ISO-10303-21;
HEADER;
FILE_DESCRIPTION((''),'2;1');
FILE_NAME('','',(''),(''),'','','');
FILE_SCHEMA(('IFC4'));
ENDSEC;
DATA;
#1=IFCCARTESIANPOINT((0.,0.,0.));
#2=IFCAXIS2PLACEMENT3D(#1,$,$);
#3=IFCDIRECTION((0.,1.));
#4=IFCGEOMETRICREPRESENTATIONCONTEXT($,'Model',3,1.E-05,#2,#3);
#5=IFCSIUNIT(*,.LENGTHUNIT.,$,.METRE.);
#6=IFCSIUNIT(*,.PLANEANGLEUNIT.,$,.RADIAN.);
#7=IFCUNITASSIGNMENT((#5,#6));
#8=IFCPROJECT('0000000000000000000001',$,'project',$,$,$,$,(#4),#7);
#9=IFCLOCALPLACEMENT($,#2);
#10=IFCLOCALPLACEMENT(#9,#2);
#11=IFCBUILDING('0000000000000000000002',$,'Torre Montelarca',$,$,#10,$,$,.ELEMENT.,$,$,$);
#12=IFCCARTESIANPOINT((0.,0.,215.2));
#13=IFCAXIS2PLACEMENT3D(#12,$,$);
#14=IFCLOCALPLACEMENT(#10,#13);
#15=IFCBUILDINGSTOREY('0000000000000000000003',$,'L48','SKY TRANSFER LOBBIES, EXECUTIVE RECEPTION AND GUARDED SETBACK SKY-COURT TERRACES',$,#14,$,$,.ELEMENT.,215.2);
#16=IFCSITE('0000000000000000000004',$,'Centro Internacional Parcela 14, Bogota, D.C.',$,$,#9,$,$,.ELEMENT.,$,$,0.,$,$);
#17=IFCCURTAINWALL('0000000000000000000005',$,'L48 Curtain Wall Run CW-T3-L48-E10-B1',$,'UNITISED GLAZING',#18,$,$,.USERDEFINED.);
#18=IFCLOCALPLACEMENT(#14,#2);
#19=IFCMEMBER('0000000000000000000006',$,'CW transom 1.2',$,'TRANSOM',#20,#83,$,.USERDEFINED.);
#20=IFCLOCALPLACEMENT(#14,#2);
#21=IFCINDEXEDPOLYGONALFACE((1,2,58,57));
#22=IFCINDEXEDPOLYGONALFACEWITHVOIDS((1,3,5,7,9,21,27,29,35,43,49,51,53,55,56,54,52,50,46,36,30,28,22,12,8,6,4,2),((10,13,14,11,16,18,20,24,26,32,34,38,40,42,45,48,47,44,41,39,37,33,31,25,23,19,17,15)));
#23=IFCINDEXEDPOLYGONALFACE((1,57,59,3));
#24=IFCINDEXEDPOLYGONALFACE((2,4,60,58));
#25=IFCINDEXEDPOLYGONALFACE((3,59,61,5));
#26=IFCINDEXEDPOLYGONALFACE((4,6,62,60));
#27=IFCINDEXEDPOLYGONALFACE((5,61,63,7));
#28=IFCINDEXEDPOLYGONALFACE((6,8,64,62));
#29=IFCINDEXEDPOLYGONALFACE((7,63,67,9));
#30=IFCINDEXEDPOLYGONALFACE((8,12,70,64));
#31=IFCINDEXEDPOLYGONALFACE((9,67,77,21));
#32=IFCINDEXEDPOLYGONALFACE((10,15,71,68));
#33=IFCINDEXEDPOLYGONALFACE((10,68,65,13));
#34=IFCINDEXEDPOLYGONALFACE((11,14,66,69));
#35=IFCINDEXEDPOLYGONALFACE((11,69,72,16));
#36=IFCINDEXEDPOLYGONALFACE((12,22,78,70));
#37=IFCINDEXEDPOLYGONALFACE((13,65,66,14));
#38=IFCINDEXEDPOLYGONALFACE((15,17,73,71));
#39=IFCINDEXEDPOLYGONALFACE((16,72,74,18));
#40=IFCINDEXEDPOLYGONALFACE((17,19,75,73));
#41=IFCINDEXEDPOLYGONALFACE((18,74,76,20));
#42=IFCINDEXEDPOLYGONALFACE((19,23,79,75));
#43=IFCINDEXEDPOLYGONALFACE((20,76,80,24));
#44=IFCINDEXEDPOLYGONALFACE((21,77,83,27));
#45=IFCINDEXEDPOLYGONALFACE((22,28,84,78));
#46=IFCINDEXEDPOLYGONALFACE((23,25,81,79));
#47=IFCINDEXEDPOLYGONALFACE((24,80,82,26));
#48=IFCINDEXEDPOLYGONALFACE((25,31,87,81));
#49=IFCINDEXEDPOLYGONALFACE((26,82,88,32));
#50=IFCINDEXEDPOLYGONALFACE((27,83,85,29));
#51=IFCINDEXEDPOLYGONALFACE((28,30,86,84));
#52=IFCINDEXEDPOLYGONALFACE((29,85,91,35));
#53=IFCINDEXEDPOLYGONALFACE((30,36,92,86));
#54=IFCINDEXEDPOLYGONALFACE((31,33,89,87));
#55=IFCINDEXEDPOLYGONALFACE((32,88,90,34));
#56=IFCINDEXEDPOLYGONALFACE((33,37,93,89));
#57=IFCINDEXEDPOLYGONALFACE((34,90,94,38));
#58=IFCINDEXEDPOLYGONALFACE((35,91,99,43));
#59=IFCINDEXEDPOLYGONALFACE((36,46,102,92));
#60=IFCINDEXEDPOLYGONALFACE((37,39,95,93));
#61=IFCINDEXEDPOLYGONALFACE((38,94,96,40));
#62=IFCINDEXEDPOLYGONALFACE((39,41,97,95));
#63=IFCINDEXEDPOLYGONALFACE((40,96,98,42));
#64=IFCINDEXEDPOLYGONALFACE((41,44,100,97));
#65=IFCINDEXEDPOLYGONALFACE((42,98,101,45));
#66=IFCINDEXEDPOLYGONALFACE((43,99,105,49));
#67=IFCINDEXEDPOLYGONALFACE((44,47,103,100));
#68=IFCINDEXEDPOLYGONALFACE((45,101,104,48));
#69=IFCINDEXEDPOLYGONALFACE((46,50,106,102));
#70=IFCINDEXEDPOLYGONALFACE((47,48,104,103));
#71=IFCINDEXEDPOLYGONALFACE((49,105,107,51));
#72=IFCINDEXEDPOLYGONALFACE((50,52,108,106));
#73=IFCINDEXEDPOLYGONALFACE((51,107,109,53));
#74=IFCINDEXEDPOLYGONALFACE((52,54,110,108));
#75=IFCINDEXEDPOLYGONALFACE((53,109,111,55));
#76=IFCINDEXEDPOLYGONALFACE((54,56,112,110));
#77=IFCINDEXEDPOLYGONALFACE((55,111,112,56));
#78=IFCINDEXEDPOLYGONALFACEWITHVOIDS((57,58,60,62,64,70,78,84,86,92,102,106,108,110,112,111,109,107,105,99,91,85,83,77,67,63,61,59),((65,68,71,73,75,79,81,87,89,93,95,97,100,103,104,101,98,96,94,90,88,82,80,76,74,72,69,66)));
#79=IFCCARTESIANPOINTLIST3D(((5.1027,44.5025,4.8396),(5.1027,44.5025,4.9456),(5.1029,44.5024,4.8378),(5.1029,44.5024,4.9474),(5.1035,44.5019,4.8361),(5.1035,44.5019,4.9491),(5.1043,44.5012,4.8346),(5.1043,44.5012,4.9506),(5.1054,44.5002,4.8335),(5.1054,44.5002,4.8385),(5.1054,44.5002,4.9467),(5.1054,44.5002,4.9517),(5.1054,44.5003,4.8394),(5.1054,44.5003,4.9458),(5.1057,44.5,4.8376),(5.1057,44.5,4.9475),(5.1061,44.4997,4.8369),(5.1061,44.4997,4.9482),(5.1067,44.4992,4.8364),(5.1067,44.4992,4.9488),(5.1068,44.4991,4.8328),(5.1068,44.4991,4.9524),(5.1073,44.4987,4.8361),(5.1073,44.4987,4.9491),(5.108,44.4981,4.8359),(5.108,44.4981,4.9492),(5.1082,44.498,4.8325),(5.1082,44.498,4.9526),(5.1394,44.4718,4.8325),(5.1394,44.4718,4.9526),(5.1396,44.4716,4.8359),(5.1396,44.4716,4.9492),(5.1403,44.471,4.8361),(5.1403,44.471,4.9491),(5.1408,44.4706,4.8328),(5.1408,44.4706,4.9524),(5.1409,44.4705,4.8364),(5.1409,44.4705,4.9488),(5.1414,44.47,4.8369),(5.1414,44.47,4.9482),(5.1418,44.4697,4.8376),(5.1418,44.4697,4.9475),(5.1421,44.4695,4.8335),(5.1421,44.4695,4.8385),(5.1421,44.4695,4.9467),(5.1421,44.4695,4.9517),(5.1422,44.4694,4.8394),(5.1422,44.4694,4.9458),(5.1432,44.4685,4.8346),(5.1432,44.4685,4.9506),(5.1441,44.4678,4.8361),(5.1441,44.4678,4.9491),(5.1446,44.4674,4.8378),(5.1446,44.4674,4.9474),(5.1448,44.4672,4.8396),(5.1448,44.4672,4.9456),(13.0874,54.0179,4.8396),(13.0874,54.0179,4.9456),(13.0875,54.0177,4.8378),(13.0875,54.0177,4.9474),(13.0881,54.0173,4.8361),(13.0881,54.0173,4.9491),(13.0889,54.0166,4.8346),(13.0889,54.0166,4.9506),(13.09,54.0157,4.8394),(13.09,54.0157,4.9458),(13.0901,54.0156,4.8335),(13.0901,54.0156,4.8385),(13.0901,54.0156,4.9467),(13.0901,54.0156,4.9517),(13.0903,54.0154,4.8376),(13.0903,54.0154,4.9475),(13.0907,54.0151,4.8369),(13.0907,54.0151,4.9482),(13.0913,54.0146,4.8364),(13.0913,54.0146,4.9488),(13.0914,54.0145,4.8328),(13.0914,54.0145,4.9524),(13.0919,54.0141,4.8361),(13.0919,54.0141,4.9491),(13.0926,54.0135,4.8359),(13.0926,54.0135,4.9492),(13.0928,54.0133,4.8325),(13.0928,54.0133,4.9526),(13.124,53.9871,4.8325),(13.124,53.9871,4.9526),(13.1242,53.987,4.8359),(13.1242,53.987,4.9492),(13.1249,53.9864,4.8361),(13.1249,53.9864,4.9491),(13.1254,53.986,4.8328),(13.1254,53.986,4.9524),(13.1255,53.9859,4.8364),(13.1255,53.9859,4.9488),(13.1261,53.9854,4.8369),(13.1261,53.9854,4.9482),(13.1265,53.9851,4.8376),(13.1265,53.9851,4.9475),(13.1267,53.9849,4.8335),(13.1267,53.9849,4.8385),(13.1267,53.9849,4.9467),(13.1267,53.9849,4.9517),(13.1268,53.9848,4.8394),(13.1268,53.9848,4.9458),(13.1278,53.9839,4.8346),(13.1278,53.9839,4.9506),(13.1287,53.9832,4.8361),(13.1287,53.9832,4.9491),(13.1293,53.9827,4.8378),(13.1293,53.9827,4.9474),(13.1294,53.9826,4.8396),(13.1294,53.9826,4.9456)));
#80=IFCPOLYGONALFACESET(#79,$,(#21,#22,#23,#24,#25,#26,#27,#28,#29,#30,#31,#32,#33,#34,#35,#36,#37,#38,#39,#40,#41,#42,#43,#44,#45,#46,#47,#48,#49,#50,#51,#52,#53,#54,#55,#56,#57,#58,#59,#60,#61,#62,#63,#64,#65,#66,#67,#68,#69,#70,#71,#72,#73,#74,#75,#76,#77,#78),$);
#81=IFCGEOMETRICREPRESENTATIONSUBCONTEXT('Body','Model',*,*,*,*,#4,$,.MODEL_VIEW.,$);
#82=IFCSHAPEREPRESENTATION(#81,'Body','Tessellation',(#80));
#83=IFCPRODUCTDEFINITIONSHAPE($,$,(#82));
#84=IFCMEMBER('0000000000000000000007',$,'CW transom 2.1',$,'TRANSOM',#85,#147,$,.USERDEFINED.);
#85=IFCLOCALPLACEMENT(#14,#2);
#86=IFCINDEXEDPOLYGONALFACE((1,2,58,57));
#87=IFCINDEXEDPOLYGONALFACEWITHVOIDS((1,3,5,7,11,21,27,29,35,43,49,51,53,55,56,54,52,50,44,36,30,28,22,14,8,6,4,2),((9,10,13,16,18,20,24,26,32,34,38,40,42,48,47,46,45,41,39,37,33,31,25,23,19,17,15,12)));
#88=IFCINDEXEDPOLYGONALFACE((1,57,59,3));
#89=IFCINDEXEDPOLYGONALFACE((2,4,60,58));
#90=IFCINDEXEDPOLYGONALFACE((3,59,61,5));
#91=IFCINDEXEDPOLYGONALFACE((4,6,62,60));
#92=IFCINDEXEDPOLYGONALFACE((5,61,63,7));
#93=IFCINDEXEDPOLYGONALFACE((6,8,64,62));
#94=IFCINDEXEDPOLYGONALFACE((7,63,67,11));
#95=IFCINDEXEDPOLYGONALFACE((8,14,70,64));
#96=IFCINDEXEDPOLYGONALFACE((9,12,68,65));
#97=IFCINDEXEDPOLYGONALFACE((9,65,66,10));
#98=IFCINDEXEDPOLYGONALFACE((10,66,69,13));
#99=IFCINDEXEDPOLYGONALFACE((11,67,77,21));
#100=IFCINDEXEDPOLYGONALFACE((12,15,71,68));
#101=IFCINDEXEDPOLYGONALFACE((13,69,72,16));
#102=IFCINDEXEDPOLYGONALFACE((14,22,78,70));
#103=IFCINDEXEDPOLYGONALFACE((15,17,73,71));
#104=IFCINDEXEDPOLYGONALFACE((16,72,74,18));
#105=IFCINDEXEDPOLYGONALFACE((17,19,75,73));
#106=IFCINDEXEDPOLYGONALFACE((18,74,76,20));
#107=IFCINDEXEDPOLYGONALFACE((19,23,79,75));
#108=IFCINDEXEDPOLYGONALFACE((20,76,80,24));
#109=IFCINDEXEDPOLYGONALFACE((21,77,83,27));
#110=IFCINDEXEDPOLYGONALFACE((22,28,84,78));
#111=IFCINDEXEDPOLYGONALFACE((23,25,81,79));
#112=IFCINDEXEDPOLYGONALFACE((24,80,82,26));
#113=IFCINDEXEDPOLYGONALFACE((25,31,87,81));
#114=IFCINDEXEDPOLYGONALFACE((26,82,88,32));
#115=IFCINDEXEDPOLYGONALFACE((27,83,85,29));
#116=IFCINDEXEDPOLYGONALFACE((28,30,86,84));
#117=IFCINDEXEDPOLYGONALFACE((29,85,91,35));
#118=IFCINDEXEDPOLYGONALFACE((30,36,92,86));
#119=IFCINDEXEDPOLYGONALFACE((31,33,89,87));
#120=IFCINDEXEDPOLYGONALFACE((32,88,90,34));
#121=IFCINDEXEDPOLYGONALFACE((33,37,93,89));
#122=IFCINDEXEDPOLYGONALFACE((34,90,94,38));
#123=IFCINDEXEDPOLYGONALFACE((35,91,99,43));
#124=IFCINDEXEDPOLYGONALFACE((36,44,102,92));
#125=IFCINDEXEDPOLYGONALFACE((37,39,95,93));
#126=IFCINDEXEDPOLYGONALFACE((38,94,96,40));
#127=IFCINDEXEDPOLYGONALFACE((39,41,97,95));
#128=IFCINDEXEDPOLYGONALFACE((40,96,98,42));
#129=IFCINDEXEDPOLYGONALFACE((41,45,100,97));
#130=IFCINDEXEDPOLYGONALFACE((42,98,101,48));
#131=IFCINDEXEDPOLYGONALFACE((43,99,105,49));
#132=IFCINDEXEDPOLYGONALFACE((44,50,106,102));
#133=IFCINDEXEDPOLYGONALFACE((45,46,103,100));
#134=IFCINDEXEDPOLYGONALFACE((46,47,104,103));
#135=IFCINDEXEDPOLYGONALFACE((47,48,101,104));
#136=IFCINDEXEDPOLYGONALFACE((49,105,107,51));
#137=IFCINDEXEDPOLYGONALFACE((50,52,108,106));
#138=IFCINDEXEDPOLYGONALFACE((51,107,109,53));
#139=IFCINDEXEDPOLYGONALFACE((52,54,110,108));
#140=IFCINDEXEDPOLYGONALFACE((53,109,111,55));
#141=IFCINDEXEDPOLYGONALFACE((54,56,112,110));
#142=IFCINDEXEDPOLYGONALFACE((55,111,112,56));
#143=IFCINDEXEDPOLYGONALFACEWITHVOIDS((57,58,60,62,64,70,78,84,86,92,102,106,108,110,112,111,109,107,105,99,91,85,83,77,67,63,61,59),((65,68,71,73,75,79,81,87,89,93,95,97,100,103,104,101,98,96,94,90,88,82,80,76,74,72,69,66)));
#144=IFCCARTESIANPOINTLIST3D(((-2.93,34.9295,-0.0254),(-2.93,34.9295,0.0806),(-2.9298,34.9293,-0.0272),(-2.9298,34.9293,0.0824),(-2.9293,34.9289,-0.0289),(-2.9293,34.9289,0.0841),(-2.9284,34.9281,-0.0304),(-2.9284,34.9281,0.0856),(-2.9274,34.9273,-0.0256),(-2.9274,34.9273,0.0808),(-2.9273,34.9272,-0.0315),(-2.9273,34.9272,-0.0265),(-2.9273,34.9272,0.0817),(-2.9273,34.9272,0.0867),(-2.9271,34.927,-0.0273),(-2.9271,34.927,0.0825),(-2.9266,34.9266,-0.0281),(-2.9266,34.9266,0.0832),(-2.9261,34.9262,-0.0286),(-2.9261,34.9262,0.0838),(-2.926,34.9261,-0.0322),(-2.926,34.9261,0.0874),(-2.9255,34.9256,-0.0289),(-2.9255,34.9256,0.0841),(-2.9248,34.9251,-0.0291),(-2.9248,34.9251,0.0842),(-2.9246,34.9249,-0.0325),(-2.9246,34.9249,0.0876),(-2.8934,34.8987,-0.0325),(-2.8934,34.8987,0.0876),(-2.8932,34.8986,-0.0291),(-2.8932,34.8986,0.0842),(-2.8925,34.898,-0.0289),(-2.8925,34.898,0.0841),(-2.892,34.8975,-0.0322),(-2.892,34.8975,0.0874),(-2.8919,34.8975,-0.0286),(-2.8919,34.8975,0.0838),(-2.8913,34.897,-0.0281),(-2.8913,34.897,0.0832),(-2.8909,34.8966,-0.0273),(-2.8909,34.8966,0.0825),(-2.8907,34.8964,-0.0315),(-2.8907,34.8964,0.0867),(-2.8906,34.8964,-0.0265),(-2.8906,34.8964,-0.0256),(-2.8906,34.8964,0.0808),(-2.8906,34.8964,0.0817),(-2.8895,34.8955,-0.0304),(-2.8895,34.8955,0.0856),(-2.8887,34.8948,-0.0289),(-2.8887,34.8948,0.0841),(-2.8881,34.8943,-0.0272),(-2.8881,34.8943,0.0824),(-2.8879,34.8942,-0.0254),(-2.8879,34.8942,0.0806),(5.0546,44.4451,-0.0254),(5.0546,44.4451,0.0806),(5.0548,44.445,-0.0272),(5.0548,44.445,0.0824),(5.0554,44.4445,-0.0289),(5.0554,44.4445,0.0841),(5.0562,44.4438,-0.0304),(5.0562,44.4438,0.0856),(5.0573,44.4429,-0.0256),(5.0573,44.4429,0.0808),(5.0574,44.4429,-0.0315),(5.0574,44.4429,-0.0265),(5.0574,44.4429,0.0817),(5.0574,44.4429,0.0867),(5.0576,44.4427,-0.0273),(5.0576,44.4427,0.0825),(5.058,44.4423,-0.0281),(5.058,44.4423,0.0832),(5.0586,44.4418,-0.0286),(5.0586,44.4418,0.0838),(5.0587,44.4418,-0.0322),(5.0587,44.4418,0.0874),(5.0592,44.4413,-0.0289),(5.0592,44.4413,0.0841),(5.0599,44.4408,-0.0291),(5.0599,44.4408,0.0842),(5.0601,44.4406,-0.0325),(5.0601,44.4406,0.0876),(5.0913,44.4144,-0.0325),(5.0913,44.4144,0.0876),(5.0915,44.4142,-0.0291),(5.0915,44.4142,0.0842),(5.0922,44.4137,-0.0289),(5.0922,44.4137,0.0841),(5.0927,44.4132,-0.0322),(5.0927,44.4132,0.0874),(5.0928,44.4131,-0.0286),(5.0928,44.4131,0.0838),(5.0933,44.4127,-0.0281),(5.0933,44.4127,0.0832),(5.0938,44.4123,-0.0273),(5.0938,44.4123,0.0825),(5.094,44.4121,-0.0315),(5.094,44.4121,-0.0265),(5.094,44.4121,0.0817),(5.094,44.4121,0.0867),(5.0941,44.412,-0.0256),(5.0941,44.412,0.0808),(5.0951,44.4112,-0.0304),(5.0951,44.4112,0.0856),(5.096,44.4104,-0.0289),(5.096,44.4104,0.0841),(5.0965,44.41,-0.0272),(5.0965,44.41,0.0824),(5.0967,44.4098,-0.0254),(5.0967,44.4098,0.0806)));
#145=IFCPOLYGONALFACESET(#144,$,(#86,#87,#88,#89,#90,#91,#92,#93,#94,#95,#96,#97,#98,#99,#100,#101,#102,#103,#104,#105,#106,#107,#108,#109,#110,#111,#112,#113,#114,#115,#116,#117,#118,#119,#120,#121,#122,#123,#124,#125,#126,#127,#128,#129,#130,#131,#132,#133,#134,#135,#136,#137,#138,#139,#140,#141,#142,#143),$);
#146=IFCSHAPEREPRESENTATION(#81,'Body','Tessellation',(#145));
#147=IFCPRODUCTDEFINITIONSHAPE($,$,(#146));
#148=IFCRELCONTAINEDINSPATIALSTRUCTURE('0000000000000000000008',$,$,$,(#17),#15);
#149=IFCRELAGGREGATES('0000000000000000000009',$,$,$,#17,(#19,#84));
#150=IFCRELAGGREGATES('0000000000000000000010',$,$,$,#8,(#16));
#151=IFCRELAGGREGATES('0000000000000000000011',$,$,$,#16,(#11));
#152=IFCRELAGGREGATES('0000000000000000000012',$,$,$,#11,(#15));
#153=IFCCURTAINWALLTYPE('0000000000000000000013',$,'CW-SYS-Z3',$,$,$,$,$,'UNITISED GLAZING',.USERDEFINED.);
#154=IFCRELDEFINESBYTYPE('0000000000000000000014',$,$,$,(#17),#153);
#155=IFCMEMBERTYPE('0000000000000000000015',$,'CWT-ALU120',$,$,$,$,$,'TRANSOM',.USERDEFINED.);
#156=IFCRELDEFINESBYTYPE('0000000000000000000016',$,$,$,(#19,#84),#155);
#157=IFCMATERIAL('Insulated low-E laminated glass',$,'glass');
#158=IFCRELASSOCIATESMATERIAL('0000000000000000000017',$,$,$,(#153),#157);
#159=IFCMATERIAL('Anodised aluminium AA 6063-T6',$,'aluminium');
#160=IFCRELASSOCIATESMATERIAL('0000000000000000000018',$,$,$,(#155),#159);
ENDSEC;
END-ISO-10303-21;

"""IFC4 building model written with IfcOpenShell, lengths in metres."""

from ifc_helpers import new_model, si_unit, direction, frame, origin, origin_2d, place, context, subcontext, project, spatial, hollow_rectangle, extrude, source, transform, mapped, material, material_profile, profile_set, type_object, element, aggregate, save


model = new_model("IFC4")

# Units and contexts
model_context = context("Model", 3, precision=1e-05, world=origin(), true_north=direction((0.0, 1.0)))
body_context = subcontext(model_context, "Body", "Model", "MODEL_VIEW")
ifc_project = project(units=[si_unit("LENGTHUNIT", "METRE"), si_unit("PLANEANGLEUNIT", "RADIAN")], contexts=[model_context])

# Site, building, storey
site_placement = place(None, origin())
site = spatial("IfcSite", under=ifc_project, at=site_placement, Name="Centro Internacional Parcela 14, Bogota, D.C.", CompositionType="ELEMENT", RefElevation=0.0)
building_placement = place(site_placement, origin())
building = spatial("IfcBuilding", under=site, at=building_placement, Name="Torre Montelarca", CompositionType="ELEMENT")
storey_placement = place(building_placement, frame((0.0, 0.0, 215.2)))
storey = spatial("IfcBuildingStorey", under=building, at=storey_placement, Name="L48", Description="SKY TRANSFER LOBBIES, EXECUTIVE RECEPTION AND GUARDED SETBACK SKY-COURT TERRACES", CompositionType="ELEMENT", Elevation=215.2)

# Curtain wall
ifc_material_1 = material(Name="Insulated low-E laminated glass", Category="glass")
curtain_wall_type = type_object("IfcCurtainWallType", Name="CW-SYS-Z3", ElementType="UNITISED GLAZING", PredefinedType="USERDEFINED", material=ifc_material_1)
ifc_material_2 = material(Name="Anodised aluminium AA 6063-T6", Category="aluminium")
curtain_wall_1_placement = place(storey_placement, origin())
curtain_wall_1 = element("IfcCurtainWall", 1, at=curtain_wall_1_placement, inside=storey, type_object=curtain_wall_type, Name="L48 Curtain Wall Run CW-T3-L48-E10-B1", ObjectType="UNITISED GLAZING", PredefinedType="USERDEFINED")

# Members
ifc_material_profile_1 = material_profile(ifc_material_2, hollow_rectangle(XDim=0.0549, YDim=0.1201, WallThickness=0.0034, InnerFilletRadius=0.0034, OuterFilletRadius=0.0071, at=origin_2d()), Name="ALU55X120X3.5", Category="aluminium")
ifc_profile_set_1 = profile_set([ifc_material_profile_1], Name="Anodised aluminium AA 6063-T6")
member_type_1 = type_object("IfcMemberType", Name="CWT-ALU120", ElementType="TRANSOM", PredefinedType="USERDEFINED", material=ifc_profile_set_1)
shared_shape_1 = source(origin(), body_context, "Body", "SweptSolid", [
    extrude(hollow_rectangle(XDim=0.0549, YDim=0.1201, WallThickness=0.0034, InnerFilletRadius=0.0034, OuterFilletRadius=0.0071, at=origin_2d()), origin(), (0.0, 0.0, 1.0), 12.4216),
])
member_1_placement = place(storey_placement, frame((13.1084, 54.0002, 4.8926), z_axis=(-0.6428, -0.766034, 0.0), x_axis=(0.766034, -0.6428, 0.0)))
member_1 = element("IfcMember", 2, at=member_1_placement, type_object=member_type_1, Name="CW transom 1.2", ObjectType="TRANSOM", PredefinedType="USERDEFINED", context=body_context, shape_type="MappedRepresentation", body=[
    mapped(shared_shape_1, transform((0.0, 0.0, 0.0), scale=1.0)),
])
shared_shape_2 = source(origin(), body_context, "Body", "SweptSolid", [
    extrude(hollow_rectangle(XDim=0.0549, YDim=0.1201, WallThickness=0.0034, InnerFilletRadius=0.0034, OuterFilletRadius=0.0071, at=origin_2d()), origin(), (0.0, 0.0, 1.0), 12.4219),
])
member_2_placement = place(storey_placement, frame((5.0757, 44.4275, 0.0276), z_axis=(-0.642791, -0.766042, 0.0), x_axis=(0.766042, -0.642791, 0.0)))
member_2 = element("IfcMember", 3, at=member_2_placement, type_object=member_type_1, Name="CW transom 2.1", ObjectType="TRANSOM", PredefinedType="USERDEFINED", context=body_context, shape_type="MappedRepresentation", body=[
    mapped(shared_shape_2, transform((0.0, 0.0, 0.0), scale=1.0)),
])

aggregate(curtain_wall_1, [member_1, member_2])

save(model, "model.ifc")
